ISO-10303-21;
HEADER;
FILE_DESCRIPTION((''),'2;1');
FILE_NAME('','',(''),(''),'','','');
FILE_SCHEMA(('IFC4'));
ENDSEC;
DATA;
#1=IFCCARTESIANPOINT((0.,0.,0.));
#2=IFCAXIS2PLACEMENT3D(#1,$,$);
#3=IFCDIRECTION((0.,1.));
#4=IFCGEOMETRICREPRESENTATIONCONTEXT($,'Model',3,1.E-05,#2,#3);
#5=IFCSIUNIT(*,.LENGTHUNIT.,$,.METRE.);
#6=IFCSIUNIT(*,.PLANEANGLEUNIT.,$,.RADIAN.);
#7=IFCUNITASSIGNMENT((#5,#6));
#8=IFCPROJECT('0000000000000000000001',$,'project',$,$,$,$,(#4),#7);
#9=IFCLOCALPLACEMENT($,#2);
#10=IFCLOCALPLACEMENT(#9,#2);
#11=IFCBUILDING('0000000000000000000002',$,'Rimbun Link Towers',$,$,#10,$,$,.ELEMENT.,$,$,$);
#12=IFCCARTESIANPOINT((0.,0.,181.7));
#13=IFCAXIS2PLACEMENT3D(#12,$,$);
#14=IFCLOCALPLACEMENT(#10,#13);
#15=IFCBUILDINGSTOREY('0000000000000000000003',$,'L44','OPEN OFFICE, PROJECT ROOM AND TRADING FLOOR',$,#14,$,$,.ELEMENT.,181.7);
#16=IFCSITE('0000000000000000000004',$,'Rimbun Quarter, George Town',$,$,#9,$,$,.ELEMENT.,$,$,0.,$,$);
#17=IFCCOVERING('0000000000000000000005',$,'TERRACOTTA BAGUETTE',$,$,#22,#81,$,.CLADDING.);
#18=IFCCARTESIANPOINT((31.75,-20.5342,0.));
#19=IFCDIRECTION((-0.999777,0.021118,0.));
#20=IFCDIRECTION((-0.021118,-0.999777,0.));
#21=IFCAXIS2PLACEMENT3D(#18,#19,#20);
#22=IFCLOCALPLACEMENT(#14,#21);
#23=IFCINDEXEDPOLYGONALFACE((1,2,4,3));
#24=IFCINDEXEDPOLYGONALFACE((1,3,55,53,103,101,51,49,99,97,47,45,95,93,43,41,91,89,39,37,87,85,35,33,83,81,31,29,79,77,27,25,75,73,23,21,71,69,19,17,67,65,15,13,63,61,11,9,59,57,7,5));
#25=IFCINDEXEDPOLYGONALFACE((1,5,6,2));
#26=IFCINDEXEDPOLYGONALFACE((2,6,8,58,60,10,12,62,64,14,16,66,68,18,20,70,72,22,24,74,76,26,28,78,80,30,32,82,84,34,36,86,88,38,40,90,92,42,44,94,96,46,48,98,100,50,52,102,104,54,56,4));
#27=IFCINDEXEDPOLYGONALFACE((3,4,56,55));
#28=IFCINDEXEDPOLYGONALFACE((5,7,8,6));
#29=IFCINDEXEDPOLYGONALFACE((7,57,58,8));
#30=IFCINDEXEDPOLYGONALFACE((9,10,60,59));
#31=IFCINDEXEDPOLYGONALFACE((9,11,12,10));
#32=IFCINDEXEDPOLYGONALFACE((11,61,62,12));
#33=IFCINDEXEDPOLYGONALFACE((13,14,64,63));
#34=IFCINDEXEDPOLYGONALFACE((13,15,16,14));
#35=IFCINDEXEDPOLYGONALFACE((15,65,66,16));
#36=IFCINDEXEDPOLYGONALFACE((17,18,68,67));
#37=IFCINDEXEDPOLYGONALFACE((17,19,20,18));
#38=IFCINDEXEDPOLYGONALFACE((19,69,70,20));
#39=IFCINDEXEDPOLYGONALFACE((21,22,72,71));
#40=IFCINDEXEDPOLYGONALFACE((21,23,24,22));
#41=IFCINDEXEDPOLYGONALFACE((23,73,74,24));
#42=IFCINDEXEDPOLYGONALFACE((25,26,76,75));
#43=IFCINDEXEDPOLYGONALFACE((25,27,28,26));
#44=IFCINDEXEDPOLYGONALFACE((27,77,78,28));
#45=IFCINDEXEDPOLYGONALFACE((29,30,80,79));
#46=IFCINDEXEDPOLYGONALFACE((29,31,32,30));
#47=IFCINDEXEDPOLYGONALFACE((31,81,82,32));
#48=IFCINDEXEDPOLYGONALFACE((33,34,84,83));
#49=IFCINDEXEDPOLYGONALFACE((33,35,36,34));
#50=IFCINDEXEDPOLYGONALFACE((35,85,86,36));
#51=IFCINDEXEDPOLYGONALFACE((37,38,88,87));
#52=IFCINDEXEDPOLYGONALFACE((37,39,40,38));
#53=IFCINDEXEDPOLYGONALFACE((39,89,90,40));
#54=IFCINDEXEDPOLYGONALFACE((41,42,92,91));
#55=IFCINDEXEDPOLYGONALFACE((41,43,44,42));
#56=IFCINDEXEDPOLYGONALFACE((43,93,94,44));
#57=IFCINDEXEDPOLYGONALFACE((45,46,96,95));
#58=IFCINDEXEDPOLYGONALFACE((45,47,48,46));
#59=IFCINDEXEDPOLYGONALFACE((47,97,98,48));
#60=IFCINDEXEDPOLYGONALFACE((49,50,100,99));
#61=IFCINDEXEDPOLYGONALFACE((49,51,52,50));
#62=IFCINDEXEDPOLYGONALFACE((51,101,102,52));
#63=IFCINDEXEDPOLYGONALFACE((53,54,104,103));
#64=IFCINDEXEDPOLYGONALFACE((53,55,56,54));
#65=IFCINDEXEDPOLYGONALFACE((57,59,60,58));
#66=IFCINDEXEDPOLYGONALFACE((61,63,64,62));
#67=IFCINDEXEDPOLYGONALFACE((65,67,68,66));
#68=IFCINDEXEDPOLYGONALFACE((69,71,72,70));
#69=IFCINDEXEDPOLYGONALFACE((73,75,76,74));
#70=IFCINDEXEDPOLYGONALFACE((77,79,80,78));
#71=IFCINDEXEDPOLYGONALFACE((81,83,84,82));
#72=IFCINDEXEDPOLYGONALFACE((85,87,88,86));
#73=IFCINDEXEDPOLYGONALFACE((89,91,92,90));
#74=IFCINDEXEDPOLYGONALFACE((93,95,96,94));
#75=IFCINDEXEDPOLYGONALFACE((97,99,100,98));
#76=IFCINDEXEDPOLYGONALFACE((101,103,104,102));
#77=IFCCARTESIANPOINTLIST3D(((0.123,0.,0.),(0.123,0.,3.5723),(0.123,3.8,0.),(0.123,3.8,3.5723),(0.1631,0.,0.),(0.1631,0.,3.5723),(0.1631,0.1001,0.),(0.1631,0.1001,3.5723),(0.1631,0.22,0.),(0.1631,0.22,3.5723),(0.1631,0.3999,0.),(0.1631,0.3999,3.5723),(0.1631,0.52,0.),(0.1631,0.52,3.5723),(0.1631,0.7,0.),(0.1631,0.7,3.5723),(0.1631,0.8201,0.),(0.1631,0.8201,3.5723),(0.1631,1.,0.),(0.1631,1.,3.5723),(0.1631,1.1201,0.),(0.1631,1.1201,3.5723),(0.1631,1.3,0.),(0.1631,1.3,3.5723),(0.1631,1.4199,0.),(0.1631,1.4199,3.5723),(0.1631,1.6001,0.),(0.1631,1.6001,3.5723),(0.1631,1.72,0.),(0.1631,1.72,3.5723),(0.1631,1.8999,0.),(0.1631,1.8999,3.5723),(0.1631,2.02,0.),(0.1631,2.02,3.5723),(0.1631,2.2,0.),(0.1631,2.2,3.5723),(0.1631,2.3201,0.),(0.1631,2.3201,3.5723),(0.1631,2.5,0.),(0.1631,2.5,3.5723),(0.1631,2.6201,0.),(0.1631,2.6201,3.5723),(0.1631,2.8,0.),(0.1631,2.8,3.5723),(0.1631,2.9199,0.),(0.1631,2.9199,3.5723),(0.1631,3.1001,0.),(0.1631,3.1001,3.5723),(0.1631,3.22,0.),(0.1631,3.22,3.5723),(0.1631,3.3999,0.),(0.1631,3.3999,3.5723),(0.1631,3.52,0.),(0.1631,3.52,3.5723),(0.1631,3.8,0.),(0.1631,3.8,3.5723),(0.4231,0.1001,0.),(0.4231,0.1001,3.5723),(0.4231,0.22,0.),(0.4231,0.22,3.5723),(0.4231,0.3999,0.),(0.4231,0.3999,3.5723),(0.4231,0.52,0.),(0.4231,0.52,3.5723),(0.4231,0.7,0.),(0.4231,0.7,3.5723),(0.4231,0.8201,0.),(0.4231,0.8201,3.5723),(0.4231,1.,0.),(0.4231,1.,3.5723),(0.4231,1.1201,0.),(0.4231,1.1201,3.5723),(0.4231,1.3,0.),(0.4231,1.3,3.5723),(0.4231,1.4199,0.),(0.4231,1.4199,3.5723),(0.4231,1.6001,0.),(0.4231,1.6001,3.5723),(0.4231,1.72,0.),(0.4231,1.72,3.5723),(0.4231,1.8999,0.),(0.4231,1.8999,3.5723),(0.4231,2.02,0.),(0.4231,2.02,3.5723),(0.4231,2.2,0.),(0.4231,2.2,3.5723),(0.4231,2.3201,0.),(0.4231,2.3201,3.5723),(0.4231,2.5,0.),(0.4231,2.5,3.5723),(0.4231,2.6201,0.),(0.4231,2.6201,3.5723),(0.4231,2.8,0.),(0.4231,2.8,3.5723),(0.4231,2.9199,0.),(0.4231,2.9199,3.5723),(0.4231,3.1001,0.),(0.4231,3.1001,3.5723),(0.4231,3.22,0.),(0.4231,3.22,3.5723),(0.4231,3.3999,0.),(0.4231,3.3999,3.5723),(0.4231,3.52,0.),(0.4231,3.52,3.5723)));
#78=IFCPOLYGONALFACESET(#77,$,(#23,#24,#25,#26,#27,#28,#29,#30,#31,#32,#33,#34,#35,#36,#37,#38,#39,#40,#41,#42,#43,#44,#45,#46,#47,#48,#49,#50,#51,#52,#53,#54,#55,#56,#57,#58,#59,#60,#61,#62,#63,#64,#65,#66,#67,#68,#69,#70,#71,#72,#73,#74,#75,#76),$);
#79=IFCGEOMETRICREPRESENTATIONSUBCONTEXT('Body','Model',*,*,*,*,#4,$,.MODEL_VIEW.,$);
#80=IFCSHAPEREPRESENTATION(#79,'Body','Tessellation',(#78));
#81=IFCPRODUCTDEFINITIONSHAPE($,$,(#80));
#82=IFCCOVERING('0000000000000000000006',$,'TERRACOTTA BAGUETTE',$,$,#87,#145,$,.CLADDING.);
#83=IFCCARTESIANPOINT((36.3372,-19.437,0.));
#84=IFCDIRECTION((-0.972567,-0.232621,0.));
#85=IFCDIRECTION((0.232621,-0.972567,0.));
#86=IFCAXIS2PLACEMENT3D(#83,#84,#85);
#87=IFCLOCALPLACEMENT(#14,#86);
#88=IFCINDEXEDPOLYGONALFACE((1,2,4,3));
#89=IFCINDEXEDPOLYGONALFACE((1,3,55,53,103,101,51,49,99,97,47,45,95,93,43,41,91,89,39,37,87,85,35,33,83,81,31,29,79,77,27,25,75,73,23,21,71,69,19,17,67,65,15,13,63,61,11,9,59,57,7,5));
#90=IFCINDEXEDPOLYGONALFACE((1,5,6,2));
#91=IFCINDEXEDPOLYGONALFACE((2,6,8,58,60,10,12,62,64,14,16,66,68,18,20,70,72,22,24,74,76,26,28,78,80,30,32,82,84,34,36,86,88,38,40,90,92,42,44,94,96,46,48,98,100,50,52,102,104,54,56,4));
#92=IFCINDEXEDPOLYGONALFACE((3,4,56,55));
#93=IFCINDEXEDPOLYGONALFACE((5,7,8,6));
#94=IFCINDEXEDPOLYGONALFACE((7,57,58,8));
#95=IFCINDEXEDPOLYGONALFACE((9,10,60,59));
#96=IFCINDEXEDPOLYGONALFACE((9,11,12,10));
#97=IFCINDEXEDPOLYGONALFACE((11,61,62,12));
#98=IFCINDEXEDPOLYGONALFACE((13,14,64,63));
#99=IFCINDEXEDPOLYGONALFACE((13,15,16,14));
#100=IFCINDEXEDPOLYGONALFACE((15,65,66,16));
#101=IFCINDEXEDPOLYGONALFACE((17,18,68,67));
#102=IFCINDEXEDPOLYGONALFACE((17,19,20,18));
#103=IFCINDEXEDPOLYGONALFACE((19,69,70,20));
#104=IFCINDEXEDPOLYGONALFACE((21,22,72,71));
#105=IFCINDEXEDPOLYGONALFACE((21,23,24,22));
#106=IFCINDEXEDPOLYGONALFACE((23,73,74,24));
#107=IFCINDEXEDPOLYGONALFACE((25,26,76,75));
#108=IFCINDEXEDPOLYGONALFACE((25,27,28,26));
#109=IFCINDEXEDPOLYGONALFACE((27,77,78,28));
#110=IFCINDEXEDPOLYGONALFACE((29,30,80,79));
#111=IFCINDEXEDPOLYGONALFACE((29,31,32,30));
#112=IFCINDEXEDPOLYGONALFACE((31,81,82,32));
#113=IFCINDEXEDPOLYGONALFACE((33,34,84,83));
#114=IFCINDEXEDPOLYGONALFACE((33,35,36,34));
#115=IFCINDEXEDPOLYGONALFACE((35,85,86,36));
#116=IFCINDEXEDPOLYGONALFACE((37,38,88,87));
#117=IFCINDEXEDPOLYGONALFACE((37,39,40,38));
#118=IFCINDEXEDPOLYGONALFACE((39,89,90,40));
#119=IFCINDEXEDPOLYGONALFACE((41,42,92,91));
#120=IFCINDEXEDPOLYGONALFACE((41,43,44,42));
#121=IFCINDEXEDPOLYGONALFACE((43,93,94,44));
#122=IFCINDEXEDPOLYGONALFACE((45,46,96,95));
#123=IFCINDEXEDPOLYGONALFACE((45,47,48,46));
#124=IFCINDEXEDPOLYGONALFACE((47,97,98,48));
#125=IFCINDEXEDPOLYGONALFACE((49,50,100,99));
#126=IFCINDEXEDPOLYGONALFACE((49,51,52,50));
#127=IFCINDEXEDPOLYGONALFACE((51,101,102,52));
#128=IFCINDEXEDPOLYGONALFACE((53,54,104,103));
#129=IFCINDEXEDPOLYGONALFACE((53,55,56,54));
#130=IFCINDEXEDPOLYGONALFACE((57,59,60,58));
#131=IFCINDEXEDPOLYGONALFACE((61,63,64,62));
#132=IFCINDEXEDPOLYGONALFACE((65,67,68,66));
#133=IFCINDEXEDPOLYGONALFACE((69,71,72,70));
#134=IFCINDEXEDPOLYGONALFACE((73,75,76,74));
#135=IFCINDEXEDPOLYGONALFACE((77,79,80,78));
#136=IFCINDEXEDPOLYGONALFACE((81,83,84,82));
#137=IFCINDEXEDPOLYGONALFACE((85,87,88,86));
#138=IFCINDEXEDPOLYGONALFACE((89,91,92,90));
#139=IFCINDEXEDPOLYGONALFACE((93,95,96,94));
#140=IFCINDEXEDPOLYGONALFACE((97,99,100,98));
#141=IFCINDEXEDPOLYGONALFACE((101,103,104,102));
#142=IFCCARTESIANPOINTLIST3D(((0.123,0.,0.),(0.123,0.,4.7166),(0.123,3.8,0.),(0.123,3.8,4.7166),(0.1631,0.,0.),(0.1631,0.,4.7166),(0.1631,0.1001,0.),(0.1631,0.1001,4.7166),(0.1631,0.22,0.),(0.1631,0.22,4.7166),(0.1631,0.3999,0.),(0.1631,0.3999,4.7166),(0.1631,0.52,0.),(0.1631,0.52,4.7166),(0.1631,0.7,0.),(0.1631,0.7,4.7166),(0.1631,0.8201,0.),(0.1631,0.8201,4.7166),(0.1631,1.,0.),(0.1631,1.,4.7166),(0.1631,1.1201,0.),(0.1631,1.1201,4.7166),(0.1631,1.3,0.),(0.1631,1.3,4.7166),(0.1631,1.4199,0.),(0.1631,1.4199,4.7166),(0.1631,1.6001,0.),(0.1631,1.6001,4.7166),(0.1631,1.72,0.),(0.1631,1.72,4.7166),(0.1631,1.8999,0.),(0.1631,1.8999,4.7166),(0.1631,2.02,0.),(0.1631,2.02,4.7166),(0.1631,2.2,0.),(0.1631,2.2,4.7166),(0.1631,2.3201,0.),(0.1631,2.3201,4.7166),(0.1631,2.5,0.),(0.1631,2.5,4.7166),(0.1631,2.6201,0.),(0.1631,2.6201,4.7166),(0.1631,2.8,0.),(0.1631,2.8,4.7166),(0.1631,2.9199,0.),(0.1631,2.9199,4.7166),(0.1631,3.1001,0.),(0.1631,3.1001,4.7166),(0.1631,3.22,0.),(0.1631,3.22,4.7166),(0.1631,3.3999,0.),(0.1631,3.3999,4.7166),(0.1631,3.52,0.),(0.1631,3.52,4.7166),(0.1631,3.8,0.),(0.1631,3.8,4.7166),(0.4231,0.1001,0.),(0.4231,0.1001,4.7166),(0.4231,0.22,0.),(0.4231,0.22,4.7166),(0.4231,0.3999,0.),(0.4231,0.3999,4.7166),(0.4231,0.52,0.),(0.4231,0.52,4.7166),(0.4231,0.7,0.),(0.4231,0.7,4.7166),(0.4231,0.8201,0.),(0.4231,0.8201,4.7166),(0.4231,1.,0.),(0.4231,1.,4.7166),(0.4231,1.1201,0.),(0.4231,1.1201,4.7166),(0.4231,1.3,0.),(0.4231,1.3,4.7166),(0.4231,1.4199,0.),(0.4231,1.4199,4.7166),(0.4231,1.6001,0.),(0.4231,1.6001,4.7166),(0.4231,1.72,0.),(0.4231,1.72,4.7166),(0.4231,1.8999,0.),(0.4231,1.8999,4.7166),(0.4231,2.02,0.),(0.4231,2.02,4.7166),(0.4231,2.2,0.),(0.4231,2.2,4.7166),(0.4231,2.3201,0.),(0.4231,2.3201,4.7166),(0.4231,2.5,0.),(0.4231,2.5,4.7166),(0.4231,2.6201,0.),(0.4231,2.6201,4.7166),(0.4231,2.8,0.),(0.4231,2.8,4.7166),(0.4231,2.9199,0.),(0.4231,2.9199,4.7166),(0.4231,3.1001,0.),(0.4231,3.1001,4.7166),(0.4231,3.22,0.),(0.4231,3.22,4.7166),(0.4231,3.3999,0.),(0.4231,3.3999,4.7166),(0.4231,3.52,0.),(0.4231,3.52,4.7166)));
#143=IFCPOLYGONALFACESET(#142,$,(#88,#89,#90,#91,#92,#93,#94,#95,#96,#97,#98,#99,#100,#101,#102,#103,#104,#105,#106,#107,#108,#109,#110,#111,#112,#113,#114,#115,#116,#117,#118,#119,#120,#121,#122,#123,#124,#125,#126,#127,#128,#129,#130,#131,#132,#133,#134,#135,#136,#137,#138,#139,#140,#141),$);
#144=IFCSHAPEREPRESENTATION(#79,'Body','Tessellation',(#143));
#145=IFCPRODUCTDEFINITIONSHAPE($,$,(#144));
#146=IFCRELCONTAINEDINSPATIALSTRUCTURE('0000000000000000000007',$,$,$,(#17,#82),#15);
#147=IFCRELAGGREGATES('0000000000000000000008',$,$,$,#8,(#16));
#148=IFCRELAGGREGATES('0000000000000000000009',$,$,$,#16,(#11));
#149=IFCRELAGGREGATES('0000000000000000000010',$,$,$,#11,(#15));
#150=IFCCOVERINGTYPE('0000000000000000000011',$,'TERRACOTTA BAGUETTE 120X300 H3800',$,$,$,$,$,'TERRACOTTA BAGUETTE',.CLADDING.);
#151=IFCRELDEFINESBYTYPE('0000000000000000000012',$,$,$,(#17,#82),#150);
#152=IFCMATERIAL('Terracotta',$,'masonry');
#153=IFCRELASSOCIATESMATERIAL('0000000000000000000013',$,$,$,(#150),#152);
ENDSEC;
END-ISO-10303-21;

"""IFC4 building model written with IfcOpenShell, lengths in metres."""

from ifc_helpers import new_model, si_unit, direction, frame, origin, place, context, subcontext, project, spatial, polyline, outline, extrude, material, material_profile, profile_set, type_object, element, save


model = new_model("IFC4")

# Units and contexts
model_context = context("Model", 3, precision=1e-05, world=origin(), true_north=direction((0.0, 1.0)))
body_context = subcontext(model_context, "Body", "Model", "MODEL_VIEW")
ifc_project = project(units=[si_unit("LENGTHUNIT", "METRE"), si_unit("PLANEANGLEUNIT", "RADIAN")], contexts=[model_context])

# Site, building, storey
site_placement = place(None, origin())
site = spatial("IfcSite", under=ifc_project, at=site_placement, Name="Rimbun Quarter, George Town", CompositionType="ELEMENT", RefElevation=0.0)
building_placement = place(site_placement, origin())
building = spatial("IfcBuilding", under=site, at=building_placement, Name="Rimbun Link Towers", CompositionType="ELEMENT")
storey_placement = place(building_placement, frame((0.0, 0.0, 181.7)))
storey = spatial("IfcBuildingStorey", under=building, at=storey_placement, Name="L44", Description="OPEN OFFICE, PROJECT ROOM AND TRADING FLOOR", CompositionType="ELEMENT", Elevation=181.7)

# Coverings
ifc_material_1 = material(Name="Terracotta", Category="masonry")
ifc_material_profile_1 = material_profile(ifc_material_1, outline(polyline([(0.123, 0.0), (0.1631, 0.0), (0.1631, 0.1001), (0.4231, 0.1001), (0.4231, 0.22), (0.1631, 0.22), (0.1631, 0.3999), (0.4231, 0.3999), (0.4231, 0.52), (0.1631, 0.52), (0.1631, 0.7), (0.4231, 0.7), (0.4231, 0.8201), (0.1631, 0.8201), (0.1631, 1.0), (0.4231, 1.0), (0.4231, 1.1201), (0.1631, 1.1201), (0.1631, 1.3), (0.4231, 1.3), (0.4231, 1.4199), (0.1631, 1.4199), (0.1631, 1.6001), (0.4231, 1.6001), (0.4231, 1.72), (0.1631, 1.72), (0.1631, 1.8999), (0.4231, 1.8999), (0.4231, 2.02), (0.1631, 2.02), (0.1631, 2.2), (0.4231, 2.2), (0.4231, 2.3201), (0.1631, 2.3201), (0.1631, 2.5), (0.4231, 2.5), (0.4231, 2.6201), (0.1631, 2.6201), (0.1631, 2.8), (0.4231, 2.8), (0.4231, 2.9199), (0.1631, 2.9199), (0.1631, 3.1001), (0.4231, 3.1001), (0.4231, 3.22), (0.1631, 3.22), (0.1631, 3.3999), (0.4231, 3.3999), (0.4231, 3.52), (0.1631, 3.52), (0.1631, 3.8), (0.123, 3.8), (0.123, 0.0)])), Name="BAGUETTE 120X300")
ifc_profile_set_1 = profile_set([ifc_material_profile_1], Name="Terracotta")
covering_type = type_object("IfcCoveringType", Name="TERRACOTTA BAGUETTE 120X300 H3800", ElementType="TERRACOTTA BAGUETTE", PredefinedType="CLADDING", material=ifc_profile_set_1)
covering_1_placement = place(storey_placement, frame((31.75, -20.5342, 0.0), z_axis=(-0.999777, 0.021118, 0.0), x_axis=(-0.021118, -0.999777, 0.0)))
element("IfcCovering", 1, at=covering_1_placement, inside=storey, type_object=covering_type, Name="TERRACOTTA BAGUETTE", PredefinedType="CLADDING", context=body_context, shape_type="SweptSolid", body=[
    extrude(outline(polyline([(0.123, 0.0), (0.1631, 0.0), (0.1631, 0.1001), (0.4231, 0.1001), (0.4231, 0.22), (0.1631, 0.22), (0.1631, 0.3999), (0.4231, 0.3999), (0.4231, 0.52), (0.1631, 0.52), (0.1631, 0.7), (0.4231, 0.7), (0.4231, 0.8201), (0.1631, 0.8201), (0.1631, 1.0), (0.4231, 1.0), (0.4231, 1.1201), (0.1631, 1.1201), (0.1631, 1.3), (0.4231, 1.3), (0.4231, 1.4199), (0.1631, 1.4199), (0.1631, 1.6001), (0.4231, 1.6001), (0.4231, 1.72), (0.1631, 1.72), (0.1631, 1.8999), (0.4231, 1.8999), (0.4231, 2.02), (0.1631, 2.02), (0.1631, 2.2), (0.4231, 2.2), (0.4231, 2.3201), (0.1631, 2.3201), (0.1631, 2.5), (0.4231, 2.5), (0.4231, 2.6201), (0.1631, 2.6201), (0.1631, 2.8), (0.4231, 2.8), (0.4231, 2.9199), (0.1631, 2.9199), (0.1631, 3.1001), (0.4231, 3.1001), (0.4231, 3.22), (0.1631, 3.22), (0.1631, 3.3999), (0.4231, 3.3999), (0.4231, 3.52), (0.1631, 3.52), (0.1631, 3.8), (0.123, 3.8), (0.123, 0.0)])), origin(), (0.0, 0.0, 1.0), 3.5723),
])
covering_2_placement = place(storey_placement, frame((36.3372, -19.437, 0.0), z_axis=(-0.972567, -0.232621, 0.0), x_axis=(0.232621, -0.972567, 0.0)))
element("IfcCovering", 2, at=covering_2_placement, inside=storey, type_object=covering_type, Name="TERRACOTTA BAGUETTE", PredefinedType="CLADDING", context=body_context, shape_type="SweptSolid", body=[
    extrude(outline(polyline([(0.123, 0.0), (0.1631, 0.0), (0.1631, 0.1001), (0.4231, 0.1001), (0.4231, 0.22), (0.1631, 0.22), (0.1631, 0.3999), (0.4231, 0.3999), (0.4231, 0.52), (0.1631, 0.52), (0.1631, 0.7), (0.4231, 0.7), (0.4231, 0.8201), (0.1631, 0.8201), (0.1631, 1.0), (0.4231, 1.0), (0.4231, 1.1201), (0.1631, 1.1201), (0.1631, 1.3), (0.4231, 1.3), (0.4231, 1.4199), (0.1631, 1.4199), (0.1631, 1.6001), (0.4231, 1.6001), (0.4231, 1.72), (0.1631, 1.72), (0.1631, 1.8999), (0.4231, 1.8999), (0.4231, 2.02), (0.1631, 2.02), (0.1631, 2.2), (0.4231, 2.2), (0.4231, 2.3201), (0.1631, 2.3201), (0.1631, 2.5), (0.4231, 2.5), (0.4231, 2.6201), (0.1631, 2.6201), (0.1631, 2.8), (0.4231, 2.8), (0.4231, 2.9199), (0.1631, 2.9199), (0.1631, 3.1001), (0.4231, 3.1001), (0.4231, 3.22), (0.1631, 3.22), (0.1631, 3.3999), (0.4231, 3.3999), (0.4231, 3.52), (0.1631, 3.52), (0.1631, 3.8), (0.123, 3.8), (0.123, 0.0)])), origin(), (0.0, 0.0, 1.0), 4.7166),
])

save(model, "model.ifc")
